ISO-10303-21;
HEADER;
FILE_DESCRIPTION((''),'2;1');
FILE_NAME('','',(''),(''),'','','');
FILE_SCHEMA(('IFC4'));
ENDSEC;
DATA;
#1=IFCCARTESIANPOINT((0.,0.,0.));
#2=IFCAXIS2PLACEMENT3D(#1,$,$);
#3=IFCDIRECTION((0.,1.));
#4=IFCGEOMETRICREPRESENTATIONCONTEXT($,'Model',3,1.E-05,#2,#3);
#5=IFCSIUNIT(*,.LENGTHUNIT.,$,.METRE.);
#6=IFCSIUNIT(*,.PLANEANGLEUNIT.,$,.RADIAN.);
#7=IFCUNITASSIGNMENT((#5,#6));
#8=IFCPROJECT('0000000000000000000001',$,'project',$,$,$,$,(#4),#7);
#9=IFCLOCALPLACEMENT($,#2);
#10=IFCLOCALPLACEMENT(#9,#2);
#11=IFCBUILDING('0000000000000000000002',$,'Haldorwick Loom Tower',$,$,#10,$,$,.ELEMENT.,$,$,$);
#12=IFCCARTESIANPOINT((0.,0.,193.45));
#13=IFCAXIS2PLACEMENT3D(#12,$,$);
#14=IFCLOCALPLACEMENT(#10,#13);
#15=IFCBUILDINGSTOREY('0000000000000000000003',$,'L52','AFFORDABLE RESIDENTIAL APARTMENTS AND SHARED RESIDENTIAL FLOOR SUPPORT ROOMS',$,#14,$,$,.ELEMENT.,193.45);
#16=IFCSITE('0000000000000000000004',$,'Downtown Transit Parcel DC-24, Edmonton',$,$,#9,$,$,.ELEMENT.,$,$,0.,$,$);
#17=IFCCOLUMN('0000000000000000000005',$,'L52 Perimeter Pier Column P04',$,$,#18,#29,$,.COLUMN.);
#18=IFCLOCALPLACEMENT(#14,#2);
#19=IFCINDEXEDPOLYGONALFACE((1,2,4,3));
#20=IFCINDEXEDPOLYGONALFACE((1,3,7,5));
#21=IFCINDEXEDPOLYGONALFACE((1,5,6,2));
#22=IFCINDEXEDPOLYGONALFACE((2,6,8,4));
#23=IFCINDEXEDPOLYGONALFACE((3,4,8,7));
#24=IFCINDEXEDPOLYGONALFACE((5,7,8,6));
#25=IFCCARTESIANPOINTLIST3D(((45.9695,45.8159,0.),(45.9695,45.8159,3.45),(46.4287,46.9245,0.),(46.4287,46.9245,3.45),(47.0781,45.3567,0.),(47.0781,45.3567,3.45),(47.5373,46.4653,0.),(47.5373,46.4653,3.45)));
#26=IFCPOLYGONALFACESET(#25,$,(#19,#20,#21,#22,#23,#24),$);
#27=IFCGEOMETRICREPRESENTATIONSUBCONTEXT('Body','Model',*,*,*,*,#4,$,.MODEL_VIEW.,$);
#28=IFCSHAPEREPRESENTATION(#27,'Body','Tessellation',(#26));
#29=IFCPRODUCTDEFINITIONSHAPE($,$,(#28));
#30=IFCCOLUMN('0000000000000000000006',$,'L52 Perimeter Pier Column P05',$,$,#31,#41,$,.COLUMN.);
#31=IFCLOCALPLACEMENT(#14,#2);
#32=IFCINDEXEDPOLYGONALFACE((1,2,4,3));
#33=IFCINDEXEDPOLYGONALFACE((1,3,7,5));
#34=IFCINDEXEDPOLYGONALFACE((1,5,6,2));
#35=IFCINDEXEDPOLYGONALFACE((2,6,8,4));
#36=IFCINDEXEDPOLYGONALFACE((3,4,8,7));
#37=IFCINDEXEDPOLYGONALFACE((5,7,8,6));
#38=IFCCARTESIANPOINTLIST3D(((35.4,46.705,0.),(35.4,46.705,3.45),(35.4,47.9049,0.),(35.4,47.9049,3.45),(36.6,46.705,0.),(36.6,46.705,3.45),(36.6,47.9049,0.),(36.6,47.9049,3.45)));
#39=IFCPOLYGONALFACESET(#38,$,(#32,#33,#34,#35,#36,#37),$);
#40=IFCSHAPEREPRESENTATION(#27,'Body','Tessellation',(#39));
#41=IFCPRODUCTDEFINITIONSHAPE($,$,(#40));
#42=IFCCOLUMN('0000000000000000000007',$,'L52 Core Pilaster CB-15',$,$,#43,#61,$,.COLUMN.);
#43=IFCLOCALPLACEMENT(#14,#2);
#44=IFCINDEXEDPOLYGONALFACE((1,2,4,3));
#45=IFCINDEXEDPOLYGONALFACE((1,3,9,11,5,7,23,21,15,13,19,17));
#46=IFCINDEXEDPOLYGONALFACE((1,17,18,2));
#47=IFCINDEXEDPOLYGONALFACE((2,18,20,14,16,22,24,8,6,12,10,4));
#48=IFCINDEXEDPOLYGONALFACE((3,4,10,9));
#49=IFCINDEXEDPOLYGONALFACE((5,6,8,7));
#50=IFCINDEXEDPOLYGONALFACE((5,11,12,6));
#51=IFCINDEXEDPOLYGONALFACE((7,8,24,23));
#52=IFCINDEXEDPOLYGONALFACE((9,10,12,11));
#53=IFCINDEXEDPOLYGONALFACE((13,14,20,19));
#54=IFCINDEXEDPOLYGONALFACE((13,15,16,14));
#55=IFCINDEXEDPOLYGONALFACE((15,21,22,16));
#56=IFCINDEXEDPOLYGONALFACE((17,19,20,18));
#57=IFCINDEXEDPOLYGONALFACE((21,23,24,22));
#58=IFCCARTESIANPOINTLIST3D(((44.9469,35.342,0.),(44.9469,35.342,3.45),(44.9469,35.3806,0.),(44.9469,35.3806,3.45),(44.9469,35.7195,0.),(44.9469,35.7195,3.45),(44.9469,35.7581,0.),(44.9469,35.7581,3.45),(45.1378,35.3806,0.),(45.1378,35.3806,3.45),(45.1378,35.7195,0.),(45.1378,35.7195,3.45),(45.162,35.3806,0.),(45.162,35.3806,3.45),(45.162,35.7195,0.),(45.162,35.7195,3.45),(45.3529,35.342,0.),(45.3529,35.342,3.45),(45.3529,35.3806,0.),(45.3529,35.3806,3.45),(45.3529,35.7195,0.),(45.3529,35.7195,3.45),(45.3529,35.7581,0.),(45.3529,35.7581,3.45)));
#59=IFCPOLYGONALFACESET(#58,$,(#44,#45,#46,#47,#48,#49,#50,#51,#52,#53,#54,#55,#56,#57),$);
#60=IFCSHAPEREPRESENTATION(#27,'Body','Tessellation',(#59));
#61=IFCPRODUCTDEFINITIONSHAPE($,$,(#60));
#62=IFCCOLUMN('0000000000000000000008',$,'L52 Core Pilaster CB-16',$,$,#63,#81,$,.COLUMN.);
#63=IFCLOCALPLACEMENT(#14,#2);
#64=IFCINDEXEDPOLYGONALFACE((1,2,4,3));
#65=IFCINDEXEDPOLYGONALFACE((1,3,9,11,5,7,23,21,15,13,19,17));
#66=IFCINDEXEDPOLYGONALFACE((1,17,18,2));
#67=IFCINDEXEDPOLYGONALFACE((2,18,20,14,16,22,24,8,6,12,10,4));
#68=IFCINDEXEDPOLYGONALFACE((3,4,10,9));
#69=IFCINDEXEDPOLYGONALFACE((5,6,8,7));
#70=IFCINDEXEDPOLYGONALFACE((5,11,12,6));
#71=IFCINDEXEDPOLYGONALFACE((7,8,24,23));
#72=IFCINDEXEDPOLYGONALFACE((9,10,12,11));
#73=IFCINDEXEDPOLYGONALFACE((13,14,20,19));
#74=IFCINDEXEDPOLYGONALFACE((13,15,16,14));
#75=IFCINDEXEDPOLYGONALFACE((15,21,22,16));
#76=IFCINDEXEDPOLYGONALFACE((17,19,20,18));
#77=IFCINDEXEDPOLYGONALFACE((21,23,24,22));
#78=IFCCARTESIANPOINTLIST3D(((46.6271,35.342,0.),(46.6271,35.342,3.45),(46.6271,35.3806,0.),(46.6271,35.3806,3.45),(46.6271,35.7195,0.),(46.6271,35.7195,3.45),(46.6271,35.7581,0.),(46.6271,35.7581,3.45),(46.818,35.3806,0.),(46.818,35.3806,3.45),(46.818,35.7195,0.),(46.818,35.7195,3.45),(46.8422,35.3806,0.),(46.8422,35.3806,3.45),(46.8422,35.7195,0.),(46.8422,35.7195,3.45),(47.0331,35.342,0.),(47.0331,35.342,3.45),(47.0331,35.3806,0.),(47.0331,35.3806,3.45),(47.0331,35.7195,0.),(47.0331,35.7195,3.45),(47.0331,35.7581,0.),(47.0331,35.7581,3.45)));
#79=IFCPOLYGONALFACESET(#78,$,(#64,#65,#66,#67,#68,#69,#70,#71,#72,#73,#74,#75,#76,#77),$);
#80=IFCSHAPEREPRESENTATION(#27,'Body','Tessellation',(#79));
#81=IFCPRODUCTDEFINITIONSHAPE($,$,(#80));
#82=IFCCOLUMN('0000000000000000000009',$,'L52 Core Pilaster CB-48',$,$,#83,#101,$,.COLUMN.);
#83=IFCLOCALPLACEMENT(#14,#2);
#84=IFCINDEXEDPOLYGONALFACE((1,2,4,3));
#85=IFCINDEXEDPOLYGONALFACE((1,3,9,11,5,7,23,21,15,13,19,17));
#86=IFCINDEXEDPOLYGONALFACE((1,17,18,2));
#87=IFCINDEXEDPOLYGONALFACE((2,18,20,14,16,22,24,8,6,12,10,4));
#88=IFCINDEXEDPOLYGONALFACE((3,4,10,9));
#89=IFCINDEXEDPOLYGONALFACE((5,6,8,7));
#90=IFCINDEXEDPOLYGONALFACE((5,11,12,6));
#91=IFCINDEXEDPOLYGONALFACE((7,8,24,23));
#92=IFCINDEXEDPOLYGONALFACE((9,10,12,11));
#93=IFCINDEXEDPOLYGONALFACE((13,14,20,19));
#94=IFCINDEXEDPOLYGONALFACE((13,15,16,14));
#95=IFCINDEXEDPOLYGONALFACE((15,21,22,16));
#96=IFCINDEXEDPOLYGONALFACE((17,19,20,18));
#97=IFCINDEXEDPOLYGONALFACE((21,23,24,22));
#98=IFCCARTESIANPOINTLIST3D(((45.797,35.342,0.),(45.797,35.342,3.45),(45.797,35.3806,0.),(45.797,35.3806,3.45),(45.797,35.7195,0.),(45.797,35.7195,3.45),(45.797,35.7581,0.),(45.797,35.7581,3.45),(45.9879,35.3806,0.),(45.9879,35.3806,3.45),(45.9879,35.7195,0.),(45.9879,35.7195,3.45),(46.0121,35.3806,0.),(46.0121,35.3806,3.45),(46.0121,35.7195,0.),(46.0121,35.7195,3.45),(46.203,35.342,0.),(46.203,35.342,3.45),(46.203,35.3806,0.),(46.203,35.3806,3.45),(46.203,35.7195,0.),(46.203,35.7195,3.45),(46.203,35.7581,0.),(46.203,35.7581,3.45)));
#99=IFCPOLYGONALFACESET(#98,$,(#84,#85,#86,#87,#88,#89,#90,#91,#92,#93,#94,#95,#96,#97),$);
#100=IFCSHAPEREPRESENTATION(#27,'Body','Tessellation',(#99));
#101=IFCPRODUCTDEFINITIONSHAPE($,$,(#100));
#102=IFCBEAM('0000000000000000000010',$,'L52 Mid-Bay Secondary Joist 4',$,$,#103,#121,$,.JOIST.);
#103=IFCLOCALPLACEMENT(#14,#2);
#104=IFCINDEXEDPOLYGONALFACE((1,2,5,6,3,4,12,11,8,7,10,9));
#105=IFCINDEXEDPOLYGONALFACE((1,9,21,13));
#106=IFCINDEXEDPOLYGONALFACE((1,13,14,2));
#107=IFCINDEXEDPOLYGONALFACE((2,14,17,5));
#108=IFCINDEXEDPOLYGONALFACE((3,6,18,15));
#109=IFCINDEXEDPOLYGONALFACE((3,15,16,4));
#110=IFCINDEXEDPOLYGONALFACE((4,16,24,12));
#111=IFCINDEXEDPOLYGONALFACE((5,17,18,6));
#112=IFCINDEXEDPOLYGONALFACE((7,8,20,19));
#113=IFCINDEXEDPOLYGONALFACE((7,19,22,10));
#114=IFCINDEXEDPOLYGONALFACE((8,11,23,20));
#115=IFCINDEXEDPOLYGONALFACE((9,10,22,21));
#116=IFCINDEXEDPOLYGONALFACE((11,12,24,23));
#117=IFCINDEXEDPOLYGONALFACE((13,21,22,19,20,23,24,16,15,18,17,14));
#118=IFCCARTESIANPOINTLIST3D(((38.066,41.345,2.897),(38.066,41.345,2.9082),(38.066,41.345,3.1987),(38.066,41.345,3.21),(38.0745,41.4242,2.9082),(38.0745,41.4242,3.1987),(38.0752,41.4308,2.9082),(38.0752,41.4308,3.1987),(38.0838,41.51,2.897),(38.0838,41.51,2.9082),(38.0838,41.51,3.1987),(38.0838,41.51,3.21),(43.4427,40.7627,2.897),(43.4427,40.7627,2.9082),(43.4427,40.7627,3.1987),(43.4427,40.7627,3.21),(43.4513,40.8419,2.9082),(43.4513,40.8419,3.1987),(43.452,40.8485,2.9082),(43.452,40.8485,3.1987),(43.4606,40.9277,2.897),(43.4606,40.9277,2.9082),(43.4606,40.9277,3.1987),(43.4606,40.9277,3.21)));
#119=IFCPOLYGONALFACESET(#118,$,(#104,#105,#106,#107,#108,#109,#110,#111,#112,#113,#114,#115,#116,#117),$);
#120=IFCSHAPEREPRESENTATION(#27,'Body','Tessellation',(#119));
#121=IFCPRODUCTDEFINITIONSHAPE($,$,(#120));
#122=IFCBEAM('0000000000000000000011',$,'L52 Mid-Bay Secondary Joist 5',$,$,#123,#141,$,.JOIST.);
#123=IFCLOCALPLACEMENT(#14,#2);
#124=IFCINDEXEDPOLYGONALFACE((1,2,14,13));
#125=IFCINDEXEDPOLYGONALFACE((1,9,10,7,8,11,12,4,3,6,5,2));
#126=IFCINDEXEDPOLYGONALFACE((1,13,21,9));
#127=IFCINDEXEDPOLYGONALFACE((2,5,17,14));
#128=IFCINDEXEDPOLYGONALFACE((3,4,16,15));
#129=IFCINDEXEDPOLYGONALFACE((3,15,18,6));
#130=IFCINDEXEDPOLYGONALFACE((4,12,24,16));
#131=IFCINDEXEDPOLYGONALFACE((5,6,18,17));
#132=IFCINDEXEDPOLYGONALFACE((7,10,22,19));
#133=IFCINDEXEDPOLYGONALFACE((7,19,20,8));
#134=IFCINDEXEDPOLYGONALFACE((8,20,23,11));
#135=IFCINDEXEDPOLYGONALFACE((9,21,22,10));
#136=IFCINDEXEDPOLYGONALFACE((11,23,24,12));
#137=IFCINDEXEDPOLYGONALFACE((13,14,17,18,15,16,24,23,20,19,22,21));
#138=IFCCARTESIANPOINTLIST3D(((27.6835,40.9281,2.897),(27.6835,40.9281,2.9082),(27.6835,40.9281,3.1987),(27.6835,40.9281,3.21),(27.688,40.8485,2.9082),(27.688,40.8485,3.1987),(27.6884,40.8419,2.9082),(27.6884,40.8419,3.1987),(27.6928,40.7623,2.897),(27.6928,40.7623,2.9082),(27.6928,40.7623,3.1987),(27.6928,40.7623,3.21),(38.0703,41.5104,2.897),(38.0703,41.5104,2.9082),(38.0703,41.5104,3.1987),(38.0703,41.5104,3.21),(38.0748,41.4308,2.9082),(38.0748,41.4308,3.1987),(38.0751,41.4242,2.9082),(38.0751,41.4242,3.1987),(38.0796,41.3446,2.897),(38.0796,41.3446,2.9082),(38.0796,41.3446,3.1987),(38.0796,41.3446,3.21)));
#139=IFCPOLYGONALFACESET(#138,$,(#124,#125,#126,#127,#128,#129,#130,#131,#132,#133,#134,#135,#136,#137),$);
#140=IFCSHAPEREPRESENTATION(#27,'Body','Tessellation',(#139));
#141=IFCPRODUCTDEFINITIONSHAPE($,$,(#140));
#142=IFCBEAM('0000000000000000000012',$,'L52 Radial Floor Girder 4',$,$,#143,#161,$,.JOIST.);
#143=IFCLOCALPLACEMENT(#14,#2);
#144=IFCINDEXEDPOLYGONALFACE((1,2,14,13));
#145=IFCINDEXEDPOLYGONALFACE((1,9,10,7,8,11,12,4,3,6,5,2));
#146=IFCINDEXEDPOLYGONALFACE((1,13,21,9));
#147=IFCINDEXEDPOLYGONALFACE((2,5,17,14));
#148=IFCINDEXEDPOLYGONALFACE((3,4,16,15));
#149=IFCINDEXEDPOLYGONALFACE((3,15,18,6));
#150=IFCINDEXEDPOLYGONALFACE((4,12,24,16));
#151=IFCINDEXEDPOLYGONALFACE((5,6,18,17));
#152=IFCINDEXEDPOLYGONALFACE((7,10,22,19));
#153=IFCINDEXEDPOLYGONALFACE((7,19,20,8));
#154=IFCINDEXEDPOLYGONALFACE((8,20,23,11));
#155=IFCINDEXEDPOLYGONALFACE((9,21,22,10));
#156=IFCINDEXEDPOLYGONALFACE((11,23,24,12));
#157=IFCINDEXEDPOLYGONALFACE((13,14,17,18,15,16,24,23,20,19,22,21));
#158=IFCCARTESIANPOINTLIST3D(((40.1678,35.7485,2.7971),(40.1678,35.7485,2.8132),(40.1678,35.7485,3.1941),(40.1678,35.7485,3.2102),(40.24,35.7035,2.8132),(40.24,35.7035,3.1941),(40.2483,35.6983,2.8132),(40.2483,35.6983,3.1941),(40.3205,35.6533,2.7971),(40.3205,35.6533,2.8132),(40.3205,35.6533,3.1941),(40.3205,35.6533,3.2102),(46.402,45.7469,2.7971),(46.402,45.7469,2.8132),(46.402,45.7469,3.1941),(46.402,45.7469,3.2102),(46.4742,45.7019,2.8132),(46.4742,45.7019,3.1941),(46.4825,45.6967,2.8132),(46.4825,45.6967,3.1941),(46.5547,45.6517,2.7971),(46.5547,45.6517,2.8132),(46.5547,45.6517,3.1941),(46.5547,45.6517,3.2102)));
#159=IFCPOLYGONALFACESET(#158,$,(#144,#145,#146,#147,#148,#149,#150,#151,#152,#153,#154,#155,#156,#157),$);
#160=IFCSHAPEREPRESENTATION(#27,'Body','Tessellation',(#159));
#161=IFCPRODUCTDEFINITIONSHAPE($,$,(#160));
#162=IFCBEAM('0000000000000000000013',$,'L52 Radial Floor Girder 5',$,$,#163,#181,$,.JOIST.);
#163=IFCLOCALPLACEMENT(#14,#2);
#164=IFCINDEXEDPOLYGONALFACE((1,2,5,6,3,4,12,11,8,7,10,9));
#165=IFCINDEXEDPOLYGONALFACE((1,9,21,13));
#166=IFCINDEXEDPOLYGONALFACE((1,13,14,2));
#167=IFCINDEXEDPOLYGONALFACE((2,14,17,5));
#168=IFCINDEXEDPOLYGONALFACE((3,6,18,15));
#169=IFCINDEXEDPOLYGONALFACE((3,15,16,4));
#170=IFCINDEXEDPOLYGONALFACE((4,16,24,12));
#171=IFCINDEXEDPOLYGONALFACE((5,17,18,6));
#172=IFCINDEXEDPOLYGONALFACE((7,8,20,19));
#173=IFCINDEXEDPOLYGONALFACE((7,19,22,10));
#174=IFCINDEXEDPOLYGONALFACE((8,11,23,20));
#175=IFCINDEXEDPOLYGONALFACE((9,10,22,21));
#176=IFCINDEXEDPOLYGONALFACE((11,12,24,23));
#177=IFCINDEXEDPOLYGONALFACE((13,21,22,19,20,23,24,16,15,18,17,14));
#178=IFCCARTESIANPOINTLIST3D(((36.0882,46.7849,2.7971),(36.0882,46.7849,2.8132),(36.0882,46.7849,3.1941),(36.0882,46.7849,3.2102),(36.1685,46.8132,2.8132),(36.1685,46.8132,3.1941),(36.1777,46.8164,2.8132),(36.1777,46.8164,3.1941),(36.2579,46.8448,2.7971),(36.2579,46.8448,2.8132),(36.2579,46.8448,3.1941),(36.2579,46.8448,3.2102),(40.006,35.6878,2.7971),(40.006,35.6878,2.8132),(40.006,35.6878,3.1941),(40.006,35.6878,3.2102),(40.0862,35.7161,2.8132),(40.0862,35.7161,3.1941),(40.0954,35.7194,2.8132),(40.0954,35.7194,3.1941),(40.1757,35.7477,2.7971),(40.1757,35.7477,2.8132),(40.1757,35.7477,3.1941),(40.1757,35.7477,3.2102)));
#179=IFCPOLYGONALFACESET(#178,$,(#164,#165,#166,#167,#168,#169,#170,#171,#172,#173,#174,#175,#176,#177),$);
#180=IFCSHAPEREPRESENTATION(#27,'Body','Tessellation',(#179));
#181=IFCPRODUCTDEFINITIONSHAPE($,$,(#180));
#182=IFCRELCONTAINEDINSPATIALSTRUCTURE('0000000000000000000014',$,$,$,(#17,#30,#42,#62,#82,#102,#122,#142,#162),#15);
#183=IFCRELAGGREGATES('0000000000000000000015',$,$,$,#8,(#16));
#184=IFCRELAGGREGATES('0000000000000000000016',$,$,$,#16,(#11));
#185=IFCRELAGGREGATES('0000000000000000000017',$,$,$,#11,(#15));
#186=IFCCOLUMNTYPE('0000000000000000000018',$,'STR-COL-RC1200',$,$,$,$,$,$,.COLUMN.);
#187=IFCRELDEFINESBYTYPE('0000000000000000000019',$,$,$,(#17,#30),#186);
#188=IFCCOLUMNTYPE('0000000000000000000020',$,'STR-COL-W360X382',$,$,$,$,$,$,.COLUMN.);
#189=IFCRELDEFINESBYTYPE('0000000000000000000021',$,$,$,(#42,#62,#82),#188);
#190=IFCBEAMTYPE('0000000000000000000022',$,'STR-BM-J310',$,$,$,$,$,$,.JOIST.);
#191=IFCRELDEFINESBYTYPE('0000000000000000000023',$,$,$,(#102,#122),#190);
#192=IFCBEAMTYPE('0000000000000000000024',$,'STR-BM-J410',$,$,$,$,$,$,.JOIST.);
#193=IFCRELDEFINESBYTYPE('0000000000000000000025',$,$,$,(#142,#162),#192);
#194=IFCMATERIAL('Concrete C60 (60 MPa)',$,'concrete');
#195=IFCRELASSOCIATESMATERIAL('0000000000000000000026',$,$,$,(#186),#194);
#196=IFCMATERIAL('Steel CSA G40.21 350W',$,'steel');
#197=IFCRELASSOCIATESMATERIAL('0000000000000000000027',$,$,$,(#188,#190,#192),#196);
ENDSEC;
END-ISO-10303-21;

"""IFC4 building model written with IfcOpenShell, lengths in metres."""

from ifc_helpers import new_model, si_unit, direction, frame, origin, origin_2d, place, context, subcontext, project, spatial, rectangle, i_section, extrude, material, material_profile, profile_set, type_object, element, save


model = new_model("IFC4")

# Units and contexts
model_context = context("Model", 3, precision=1e-05, world=origin(), true_north=direction((0.0, 1.0)))
body_context = subcontext(model_context, "Body", "Model", "MODEL_VIEW")
ifc_project = project(units=[si_unit("LENGTHUNIT", "METRE"), si_unit("PLANEANGLEUNIT", "RADIAN")], contexts=[model_context])

# Site, building, storey
site_placement = place(None, origin())
site = spatial("IfcSite", under=ifc_project, at=site_placement, Name="Downtown Transit Parcel DC-24, Edmonton", CompositionType="ELEMENT", RefElevation=0.0)
building_placement = place(site_placement, origin())
building = spatial("IfcBuilding", under=site, at=building_placement, Name="Haldorwick Loom Tower", CompositionType="ELEMENT")
storey_placement = place(building_placement, frame((0.0, 0.0, 193.45)))
storey = spatial("IfcBuildingStorey", under=building, at=storey_placement, Name="L52", Description="AFFORDABLE RESIDENTIAL APARTMENTS AND SHARED RESIDENTIAL FLOOR SUPPORT ROOMS", CompositionType="ELEMENT", Elevation=193.45)

# Columns
ifc_material_1 = material(Name="Concrete C60 (60 MPa)", Category="concrete")
ifc_material_profile_1 = material_profile(ifc_material_1, rectangle(XDim=1.2, YDim=1.2, at=origin_2d()), Name="RC1200X1200", Category="concrete")
ifc_profile_set_1 = profile_set([ifc_material_profile_1], Name="Concrete C60 (60 MPa)")
column_type_1 = type_object("IfcColumnType", Name="STR-COL-RC1200", PredefinedType="COLUMN", material=ifc_profile_set_1)
for number, where, z_axis, x_axis, name in (
    (1, (46.7534, 46.1406, 0.0), (0.0, 0.0, 1.0), (0.382683, 0.92388, 0.0), "L52 Perimeter Pier Column P04"),
    (2, (36.0, 47.3049, 0.0), (0.0, 0.0, 1.0), (0.0, 1.0, 0.0), "L52 Perimeter Pier Column P05"),
):
    element("IfcColumn", number, at=place(storey_placement, frame(where, z_axis=z_axis, x_axis=x_axis)), inside=storey, type_object=column_type_1, Name=name, PredefinedType="COLUMN", context=body_context, shape_type="SweptSolid", body=[
        extrude(rectangle(XDim=1.2, YDim=1.2, at=origin_2d()), origin(), (0.0, 0.0, 1.0), 3.45),
    ])
ifc_material_2 = material(Name="Steel CSA G40.21 350W", Category="steel")
ifc_material_profile_2 = material_profile(ifc_material_2, i_section(OverallWidth=0.406, OverallDepth=0.416, WebThickness=0.0242, FlangeThickness=0.0386, at=origin_2d()), Name="W360X382", Category="steel")
ifc_profile_set_2 = profile_set([ifc_material_profile_2], Name="Steel CSA G40.21 350W")
column_type_2 = type_object("IfcColumnType", Name="STR-COL-W360X382", PredefinedType="COLUMN", material=ifc_profile_set_2)
for number, where, z_axis, x_axis, name in (
    (3, (45.1499, 35.55, 0.0), (0.0, 0.0, 1.0), (1.0, 0.0, 0.0), "L52 Core Pilaster CB-15"),
    (4, (46.8301, 35.55, 0.0), (0.0, 0.0, 1.0), (1.0, 0.0, 0.0), "L52 Core Pilaster CB-16"),
    (5, (46.0, 35.55, 0.0), (0.0, 0.0, 1.0), (1.0, 0.0, 0.0), "L52 Core Pilaster CB-48"),
):
    element("IfcColumn", number, at=place(storey_placement, frame(where, z_axis=z_axis, x_axis=x_axis)), inside=storey, type_object=column_type_2, Name=name, PredefinedType="COLUMN", context=body_context, shape_type="SweptSolid", body=[
        extrude(i_section(OverallWidth=0.406, OverallDepth=0.416, WebThickness=0.0242, FlangeThickness=0.0386, at=origin_2d()), origin(), (0.0, 0.0, 1.0), 3.45),
    ])

# Beams
ifc_material_profile_3 = material_profile(ifc_material_2, i_section(OverallWidth=0.166, OverallDepth=0.313, WebThickness=0.0066, FlangeThickness=0.0112, at=origin_2d()), Name="W310X45", Category="steel")
ifc_profile_set_3 = profile_set([ifc_material_profile_3], Name="Steel CSA G40.21 350W")
beam_type_1 = type_object("IfcBeamType", Name="STR-BM-J310", PredefinedType="JOIST", material=ifc_profile_set_3)
beam_1_placement = place(storey_placement, frame((43.4517, 40.8452, 3.0535), z_axis=(-0.994187, 0.107666, 0.0), x_axis=(-0.107666, -0.994187, 0.0)))
element("IfcBeam", 6, at=beam_1_placement, inside=storey, type_object=beam_type_1, Name="L52 Mid-Bay Secondary Joist 4", PredefinedType="JOIST", context=body_context, shape_type="SweptSolid", body=[
    extrude(i_section(OverallWidth=0.166, OverallDepth=0.313, WebThickness=0.0066, FlangeThickness=0.0112, at=origin_2d()), origin(), (0.0, 0.0, 1.0), 5.4082),
])
beam_2_placement = place(storey_placement, frame((38.075, 41.4275, 3.0535), z_axis=(-0.998432, -0.055972, 0.0), x_axis=(0.055972, -0.998432, 0.0)))
element("IfcBeam", 7, at=beam_2_placement, inside=storey, type_object=beam_type_1, Name="L52 Mid-Bay Secondary Joist 5", PredefinedType="JOIST", context=body_context, shape_type="SweptSolid", body=[
    extrude(i_section(OverallWidth=0.166, OverallDepth=0.313, WebThickness=0.0066, FlangeThickness=0.0112, at=origin_2d()), origin(), (0.0, 0.0, 1.0), 10.4031),
])
ifc_material_profile_4 = material_profile(ifc_material_2, i_section(OverallWidth=0.1799, OverallDepth=0.4131, WebThickness=0.0098, FlangeThickness=0.0161, at=origin_2d()), Name="W410X74", Category="steel")
ifc_profile_set_4 = profile_set([ifc_material_profile_4], Name="Steel CSA G40.21 350W")
beam_type_2 = type_object("IfcBeamType", Name="STR-BM-J410", PredefinedType="JOIST", material=ifc_profile_set_4)
beam_3_placement = place(storey_placement, frame((40.2441, 35.7009, 3.0037), z_axis=(0.529095, 0.848562, 0.0), x_axis=(-0.848562, 0.529095, 0.0)))
element("IfcBeam", 8, at=beam_3_placement, inside=storey, type_object=beam_type_2, Name="L52 Radial Floor Girder 4", PredefinedType="JOIST", context=body_context, shape_type="SweptSolid", body=[
    extrude(i_section(OverallWidth=0.1799, OverallDepth=0.4131, WebThickness=0.0098, FlangeThickness=0.0161, at=origin_2d()), origin(), (0.0, 0.0, 1.0), 11.7827),
])
beam_4_placement = place(storey_placement, frame((40.0908, 35.7178, 3.0037), z_axis=(-0.332908, 0.942959, 0.0), x_axis=(-0.942959, -0.332908, 0.0)))
element("IfcBeam", 9, at=beam_4_placement, inside=storey, type_object=beam_type_2, Name="L52 Radial Floor Girder 5", PredefinedType="JOIST", context=body_context, shape_type="SweptSolid", body=[
    extrude(i_section(OverallWidth=0.1799, OverallDepth=0.4131, WebThickness=0.0098, FlangeThickness=0.0161, at=origin_2d()), origin(), (0.0, 0.0, 1.0), 11.7683),
])

save(model, "model.ifc")
